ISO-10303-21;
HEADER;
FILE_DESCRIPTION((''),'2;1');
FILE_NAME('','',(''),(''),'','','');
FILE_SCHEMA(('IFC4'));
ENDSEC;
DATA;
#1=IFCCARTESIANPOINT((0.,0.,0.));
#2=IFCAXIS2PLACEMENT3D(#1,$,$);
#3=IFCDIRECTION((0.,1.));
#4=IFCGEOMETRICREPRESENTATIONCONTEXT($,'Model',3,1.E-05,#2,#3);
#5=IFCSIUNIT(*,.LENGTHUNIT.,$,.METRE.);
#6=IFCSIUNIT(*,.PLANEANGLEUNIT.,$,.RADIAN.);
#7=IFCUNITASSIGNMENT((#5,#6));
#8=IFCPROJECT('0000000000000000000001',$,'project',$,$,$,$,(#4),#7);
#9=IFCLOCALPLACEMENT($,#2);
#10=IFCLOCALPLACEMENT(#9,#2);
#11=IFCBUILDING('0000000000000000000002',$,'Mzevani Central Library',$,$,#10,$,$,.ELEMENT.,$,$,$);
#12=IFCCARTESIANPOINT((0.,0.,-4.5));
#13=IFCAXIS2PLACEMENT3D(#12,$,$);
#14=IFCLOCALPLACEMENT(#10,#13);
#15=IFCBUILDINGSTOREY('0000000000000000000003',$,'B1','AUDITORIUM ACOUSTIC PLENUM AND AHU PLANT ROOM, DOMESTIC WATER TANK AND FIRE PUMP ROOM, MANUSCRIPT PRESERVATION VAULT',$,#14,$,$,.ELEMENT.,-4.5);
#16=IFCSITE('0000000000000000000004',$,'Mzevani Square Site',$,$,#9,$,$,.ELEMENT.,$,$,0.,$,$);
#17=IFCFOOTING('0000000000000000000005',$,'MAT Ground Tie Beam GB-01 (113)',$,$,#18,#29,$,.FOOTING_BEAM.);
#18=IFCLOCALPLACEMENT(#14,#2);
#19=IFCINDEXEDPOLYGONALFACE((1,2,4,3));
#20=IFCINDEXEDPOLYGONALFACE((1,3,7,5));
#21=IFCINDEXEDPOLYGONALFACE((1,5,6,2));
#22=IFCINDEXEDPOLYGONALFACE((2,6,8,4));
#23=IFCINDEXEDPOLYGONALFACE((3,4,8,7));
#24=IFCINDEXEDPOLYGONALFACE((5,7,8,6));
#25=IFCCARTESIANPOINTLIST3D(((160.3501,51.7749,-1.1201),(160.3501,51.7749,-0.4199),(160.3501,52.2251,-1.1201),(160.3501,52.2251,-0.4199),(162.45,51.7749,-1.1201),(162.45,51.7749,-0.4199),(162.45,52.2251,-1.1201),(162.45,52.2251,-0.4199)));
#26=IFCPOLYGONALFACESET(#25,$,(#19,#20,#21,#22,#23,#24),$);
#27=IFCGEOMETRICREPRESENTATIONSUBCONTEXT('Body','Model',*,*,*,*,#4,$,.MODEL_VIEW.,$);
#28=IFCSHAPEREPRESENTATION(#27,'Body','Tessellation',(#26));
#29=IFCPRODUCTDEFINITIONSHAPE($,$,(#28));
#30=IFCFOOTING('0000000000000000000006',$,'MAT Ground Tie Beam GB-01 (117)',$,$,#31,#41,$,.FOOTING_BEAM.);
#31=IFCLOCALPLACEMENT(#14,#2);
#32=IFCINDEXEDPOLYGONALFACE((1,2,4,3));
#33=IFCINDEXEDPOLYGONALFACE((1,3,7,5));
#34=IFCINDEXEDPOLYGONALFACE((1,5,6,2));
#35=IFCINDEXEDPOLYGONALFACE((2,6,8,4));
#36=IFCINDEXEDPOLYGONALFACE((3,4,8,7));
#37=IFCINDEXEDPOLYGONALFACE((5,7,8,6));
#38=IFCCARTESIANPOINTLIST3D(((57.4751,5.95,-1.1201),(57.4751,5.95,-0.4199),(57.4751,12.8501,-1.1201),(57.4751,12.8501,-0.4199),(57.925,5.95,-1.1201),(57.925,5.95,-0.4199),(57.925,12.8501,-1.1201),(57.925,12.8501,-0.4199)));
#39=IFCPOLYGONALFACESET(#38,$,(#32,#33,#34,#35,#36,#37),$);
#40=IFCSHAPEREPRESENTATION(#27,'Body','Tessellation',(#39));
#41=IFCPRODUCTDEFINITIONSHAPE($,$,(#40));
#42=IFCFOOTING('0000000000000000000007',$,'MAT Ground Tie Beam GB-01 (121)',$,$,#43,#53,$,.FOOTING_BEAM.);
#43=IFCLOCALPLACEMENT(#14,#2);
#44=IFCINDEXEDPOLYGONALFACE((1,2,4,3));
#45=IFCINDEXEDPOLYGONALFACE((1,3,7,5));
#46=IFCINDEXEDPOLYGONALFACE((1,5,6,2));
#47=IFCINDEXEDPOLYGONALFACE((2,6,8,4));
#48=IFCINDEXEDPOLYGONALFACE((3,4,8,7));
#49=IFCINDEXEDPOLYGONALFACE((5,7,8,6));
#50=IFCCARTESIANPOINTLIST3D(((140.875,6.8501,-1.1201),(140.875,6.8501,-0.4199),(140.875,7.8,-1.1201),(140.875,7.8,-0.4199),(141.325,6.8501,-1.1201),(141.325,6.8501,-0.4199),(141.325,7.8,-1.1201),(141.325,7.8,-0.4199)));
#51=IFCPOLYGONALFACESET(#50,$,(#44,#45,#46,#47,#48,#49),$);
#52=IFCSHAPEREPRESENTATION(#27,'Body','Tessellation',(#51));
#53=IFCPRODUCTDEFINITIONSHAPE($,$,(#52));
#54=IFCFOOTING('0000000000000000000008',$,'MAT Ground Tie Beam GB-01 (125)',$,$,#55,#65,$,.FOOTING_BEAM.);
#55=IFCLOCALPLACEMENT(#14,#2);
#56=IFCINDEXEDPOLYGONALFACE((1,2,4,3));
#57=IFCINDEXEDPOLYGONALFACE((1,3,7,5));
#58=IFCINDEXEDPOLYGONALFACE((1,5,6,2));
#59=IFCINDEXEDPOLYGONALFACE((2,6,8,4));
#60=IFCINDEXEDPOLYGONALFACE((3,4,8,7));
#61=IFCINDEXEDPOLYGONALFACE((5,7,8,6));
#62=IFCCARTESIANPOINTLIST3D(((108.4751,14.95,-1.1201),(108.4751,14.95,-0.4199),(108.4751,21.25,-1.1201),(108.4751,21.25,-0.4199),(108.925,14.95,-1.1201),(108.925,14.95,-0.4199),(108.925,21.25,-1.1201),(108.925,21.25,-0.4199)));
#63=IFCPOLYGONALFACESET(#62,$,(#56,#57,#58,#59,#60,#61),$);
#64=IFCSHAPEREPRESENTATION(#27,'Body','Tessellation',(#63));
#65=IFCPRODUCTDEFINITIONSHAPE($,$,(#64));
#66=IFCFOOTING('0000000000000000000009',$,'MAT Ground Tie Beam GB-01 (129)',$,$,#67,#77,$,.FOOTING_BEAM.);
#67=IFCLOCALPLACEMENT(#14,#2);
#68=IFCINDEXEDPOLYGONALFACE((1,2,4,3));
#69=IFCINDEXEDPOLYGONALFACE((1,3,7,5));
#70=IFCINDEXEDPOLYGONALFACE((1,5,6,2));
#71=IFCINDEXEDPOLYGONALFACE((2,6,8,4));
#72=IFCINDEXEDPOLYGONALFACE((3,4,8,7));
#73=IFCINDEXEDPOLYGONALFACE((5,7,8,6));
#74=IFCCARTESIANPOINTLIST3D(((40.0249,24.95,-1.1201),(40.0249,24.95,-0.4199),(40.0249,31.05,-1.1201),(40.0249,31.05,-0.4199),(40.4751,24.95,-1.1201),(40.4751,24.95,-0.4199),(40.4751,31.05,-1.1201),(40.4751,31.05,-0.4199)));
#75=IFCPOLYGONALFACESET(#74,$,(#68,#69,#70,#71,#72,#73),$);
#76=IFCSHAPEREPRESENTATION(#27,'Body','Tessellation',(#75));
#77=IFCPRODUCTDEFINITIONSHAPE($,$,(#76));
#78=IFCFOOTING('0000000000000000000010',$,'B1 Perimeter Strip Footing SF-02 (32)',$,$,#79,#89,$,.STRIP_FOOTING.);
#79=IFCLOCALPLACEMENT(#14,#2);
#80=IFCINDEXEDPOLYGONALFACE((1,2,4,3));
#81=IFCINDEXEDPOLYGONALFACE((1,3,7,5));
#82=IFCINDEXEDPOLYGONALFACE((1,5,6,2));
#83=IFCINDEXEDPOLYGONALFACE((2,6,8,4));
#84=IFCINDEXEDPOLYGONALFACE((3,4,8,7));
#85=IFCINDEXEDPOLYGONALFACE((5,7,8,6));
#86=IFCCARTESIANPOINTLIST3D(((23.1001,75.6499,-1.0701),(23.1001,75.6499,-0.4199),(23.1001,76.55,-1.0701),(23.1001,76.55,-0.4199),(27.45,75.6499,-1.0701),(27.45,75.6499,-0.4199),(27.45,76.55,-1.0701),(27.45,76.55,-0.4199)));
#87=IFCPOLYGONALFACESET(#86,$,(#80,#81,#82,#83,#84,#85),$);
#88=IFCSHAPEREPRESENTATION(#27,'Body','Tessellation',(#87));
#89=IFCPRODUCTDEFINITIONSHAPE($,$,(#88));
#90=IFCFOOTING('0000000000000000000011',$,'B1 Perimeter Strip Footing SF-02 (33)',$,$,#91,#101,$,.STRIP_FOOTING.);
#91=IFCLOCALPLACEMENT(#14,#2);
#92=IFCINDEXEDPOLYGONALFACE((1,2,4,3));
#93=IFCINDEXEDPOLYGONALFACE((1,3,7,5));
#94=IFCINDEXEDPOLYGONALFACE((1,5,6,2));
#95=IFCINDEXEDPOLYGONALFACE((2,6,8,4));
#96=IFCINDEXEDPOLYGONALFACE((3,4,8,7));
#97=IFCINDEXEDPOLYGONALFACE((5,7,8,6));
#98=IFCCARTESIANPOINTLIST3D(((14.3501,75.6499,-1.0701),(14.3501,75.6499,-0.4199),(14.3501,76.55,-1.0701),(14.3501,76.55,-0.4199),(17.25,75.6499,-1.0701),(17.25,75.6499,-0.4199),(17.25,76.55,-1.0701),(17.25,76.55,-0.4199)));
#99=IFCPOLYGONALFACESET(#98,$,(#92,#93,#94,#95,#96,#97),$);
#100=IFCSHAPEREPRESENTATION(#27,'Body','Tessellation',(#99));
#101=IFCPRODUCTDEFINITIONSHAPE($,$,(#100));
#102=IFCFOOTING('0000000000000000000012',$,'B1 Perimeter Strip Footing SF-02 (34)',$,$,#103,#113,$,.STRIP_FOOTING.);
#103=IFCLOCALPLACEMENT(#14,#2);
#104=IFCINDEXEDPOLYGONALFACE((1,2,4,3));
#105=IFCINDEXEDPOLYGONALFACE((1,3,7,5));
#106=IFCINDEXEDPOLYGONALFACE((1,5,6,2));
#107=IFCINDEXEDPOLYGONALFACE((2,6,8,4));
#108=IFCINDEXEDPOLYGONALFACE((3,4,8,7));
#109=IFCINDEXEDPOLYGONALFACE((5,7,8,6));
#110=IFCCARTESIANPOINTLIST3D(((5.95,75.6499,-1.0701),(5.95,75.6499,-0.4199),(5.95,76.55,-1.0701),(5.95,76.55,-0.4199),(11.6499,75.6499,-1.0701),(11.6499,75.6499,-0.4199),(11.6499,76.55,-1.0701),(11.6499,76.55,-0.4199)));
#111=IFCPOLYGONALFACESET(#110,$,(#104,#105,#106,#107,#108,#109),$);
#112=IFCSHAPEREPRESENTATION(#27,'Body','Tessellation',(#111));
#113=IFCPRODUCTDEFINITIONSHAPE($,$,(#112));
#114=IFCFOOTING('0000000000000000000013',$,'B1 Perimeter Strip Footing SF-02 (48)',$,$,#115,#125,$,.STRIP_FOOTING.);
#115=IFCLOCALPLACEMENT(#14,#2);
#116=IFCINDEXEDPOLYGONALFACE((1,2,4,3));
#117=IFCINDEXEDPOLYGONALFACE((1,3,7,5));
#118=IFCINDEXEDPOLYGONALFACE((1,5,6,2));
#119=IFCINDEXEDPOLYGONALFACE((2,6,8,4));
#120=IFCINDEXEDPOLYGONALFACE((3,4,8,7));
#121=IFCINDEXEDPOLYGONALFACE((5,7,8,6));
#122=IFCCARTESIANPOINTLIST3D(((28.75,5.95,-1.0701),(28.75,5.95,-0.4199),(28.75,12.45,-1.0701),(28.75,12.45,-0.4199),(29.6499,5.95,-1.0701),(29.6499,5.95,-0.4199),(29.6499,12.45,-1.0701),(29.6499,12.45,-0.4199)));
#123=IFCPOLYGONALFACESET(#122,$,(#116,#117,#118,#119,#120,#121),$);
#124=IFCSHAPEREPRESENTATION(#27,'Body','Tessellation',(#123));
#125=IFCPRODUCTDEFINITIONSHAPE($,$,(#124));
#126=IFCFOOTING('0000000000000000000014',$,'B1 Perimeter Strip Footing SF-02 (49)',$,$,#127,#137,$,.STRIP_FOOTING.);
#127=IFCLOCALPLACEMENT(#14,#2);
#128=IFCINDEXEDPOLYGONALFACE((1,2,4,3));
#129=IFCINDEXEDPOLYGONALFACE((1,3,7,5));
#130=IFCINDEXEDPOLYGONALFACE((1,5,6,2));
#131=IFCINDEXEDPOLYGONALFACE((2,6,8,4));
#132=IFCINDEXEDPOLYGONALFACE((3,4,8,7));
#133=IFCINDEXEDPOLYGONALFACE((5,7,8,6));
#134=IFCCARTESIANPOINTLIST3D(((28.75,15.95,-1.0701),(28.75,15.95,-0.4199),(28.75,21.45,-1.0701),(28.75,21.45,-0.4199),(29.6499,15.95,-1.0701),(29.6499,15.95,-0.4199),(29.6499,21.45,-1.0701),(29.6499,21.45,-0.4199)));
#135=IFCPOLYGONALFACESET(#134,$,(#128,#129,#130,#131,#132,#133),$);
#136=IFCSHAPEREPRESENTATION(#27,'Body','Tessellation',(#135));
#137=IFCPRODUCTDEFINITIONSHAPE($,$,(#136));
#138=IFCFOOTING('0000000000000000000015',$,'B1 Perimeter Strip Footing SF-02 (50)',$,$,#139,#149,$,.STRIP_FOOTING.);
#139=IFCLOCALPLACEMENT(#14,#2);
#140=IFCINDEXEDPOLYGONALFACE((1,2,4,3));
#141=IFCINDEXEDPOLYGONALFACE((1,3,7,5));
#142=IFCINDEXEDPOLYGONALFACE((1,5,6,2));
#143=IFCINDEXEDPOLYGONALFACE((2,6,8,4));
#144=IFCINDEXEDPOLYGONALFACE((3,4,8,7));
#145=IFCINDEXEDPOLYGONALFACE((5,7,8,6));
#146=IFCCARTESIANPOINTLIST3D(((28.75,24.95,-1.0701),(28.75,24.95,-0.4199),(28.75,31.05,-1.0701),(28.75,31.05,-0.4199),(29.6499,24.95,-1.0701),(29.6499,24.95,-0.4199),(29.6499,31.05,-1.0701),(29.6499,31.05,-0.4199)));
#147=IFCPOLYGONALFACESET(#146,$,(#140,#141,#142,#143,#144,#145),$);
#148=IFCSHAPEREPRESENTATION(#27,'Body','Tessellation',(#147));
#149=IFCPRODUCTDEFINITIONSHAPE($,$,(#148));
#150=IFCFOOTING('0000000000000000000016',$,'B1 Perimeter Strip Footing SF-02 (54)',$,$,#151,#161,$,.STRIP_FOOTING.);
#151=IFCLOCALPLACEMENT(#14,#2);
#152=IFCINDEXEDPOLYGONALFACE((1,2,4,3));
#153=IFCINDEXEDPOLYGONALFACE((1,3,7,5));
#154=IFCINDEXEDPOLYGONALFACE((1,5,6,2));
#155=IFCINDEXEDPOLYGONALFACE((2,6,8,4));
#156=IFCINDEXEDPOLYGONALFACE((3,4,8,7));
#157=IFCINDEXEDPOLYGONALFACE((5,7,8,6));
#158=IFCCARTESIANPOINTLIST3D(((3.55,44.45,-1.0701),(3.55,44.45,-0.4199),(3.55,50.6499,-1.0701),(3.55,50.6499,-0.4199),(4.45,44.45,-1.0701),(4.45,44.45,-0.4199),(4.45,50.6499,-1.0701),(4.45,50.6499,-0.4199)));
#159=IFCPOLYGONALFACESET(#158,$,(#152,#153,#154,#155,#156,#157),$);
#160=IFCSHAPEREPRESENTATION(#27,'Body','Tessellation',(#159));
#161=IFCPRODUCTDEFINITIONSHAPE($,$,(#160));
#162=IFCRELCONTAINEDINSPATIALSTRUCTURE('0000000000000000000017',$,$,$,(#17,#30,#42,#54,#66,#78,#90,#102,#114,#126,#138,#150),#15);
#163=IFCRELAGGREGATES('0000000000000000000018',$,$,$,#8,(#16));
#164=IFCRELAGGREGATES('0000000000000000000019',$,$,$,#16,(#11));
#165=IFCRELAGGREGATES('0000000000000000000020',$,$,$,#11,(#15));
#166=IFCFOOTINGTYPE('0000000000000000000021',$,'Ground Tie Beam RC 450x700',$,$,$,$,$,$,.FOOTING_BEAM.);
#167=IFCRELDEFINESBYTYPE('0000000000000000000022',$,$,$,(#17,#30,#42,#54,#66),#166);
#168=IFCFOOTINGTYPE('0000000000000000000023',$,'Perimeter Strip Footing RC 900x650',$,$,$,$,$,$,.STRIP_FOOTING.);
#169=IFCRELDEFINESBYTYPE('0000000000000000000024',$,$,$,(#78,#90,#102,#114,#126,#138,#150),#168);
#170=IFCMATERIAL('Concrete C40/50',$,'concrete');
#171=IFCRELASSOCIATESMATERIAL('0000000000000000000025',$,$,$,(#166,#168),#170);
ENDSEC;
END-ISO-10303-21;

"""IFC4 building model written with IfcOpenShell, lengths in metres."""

from ifc_helpers import new_model, si_unit, direction, frame, origin, place, context, subcontext, project, spatial, polyline, outline, extrude, material, type_object, element, save


model = new_model("IFC4")

# Units and contexts
model_context = context("Model", 3, precision=1e-05, world=origin(), true_north=direction((0.0, 1.0)))
body_context = subcontext(model_context, "Body", "Model", "MODEL_VIEW")
ifc_project = project(units=[si_unit("LENGTHUNIT", "METRE"), si_unit("PLANEANGLEUNIT", "RADIAN")], contexts=[model_context])

# Site, building, storey
site_placement = place(None, origin())
site = spatial("IfcSite", under=ifc_project, at=site_placement, Name="Mzevani Square Site", CompositionType="ELEMENT", RefElevation=0.0)
building_placement = place(site_placement, origin())
building = spatial("IfcBuilding", under=site, at=building_placement, Name="Mzevani Central Library", CompositionType="ELEMENT")
storey_placement = place(building_placement, frame((0.0, 0.0, -4.5)))
storey = spatial("IfcBuildingStorey", under=building, at=storey_placement, Name="B1", Description="AUDITORIUM ACOUSTIC PLENUM AND AHU PLANT ROOM, DOMESTIC WATER TANK AND FIRE PUMP ROOM, MANUSCRIPT PRESERVATION VAULT", CompositionType="ELEMENT", Elevation=-4.5)

# Footings
ifc_material = material(Name="Concrete C40/50", Category="concrete")
footing_type_1 = type_object("IfcFootingType", Name="Ground Tie Beam RC 450x700", PredefinedType="FOOTING_BEAM", material=ifc_material)
footing_1_placement = place(storey_placement, frame((0.0, 0.0, -1.1201)))
element("IfcFooting", 1, at=footing_1_placement, inside=storey, type_object=footing_type_1, Name="MAT Ground Tie Beam GB-01 (113)", PredefinedType="FOOTING_BEAM", context=body_context, shape_type="SweptSolid", body=[
    extrude(outline(polyline([(160.3501, 51.7749), (162.45, 51.7749), (162.45, 52.2251), (160.3501, 52.2251), (160.3501, 51.7749)])), origin(), (0.0, 0.0, 1.0), 0.7002),
])
footing_2_placement = place(storey_placement, frame((0.0, 0.0, -1.1201)))
element("IfcFooting", 2, at=footing_2_placement, inside=storey, type_object=footing_type_1, Name="MAT Ground Tie Beam GB-01 (117)", PredefinedType="FOOTING_BEAM", context=body_context, shape_type="SweptSolid", body=[
    extrude(outline(polyline([(57.4751, 5.95), (57.925, 5.95), (57.925, 12.8501), (57.4751, 12.8501), (57.4751, 5.95)])), origin(), (0.0, 0.0, 1.0), 0.7002),
])
footing_3_placement = place(storey_placement, frame((0.0, 0.0, -1.1201)))
element("IfcFooting", 3, at=footing_3_placement, inside=storey, type_object=footing_type_1, Name="MAT Ground Tie Beam GB-01 (121)", PredefinedType="FOOTING_BEAM", context=body_context, shape_type="SweptSolid", body=[
    extrude(outline(polyline([(140.875, 6.8501), (141.325, 6.8501), (141.325, 7.8), (140.875, 7.8), (140.875, 6.8501)])), origin(), (0.0, 0.0, 1.0), 0.7002),
])
footing_4_placement = place(storey_placement, frame((0.0, 0.0, -1.1201)))
element("IfcFooting", 4, at=footing_4_placement, inside=storey, type_object=footing_type_1, Name="MAT Ground Tie Beam GB-01 (125)", PredefinedType="FOOTING_BEAM", context=body_context, shape_type="SweptSolid", body=[
    extrude(outline(polyline([(108.4751, 14.95), (108.925, 14.95), (108.925, 21.25), (108.4751, 21.25), (108.4751, 14.95)])), origin(), (0.0, 0.0, 1.0), 0.7002),
])
footing_5_placement = place(storey_placement, frame((0.0, 0.0, -1.1201)))
element("IfcFooting", 5, at=footing_5_placement, inside=storey, type_object=footing_type_1, Name="MAT Ground Tie Beam GB-01 (129)", PredefinedType="FOOTING_BEAM", context=body_context, shape_type="SweptSolid", body=[
    extrude(outline(polyline([(40.0249, 24.95), (40.4751, 24.95), (40.4751, 31.05), (40.0249, 31.05), (40.0249, 24.95)])), origin(), (0.0, 0.0, 1.0), 0.7002),
])
footing_type_2 = type_object("IfcFootingType", Name="Perimeter Strip Footing RC 900x650", PredefinedType="STRIP_FOOTING", material=ifc_material)
footing_6_placement = place(storey_placement, frame((0.0, 0.0, -1.0701)))
element("IfcFooting", 6, at=footing_6_placement, inside=storey, type_object=footing_type_2, Name="B1 Perimeter Strip Footing SF-02 (32)", PredefinedType="STRIP_FOOTING", context=body_context, shape_type="SweptSolid", body=[
    extrude(outline(polyline([(23.1001, 76.55), (27.45, 76.55), (27.45, 75.6499), (23.1001, 75.6499), (23.1001, 76.55)])), origin(), (0.0, 0.0, 1.0), 0.6501),
])
footing_7_placement = place(storey_placement, frame((0.0, 0.0, -1.0701)))
element("IfcFooting", 7, at=footing_7_placement, inside=storey, type_object=footing_type_2, Name="B1 Perimeter Strip Footing SF-02 (33)", PredefinedType="STRIP_FOOTING", context=body_context, shape_type="SweptSolid", body=[
    extrude(outline(polyline([(14.3501, 76.55), (17.25, 76.55), (17.25, 75.6499), (14.3501, 75.6499), (14.3501, 76.55)])), origin(), (0.0, 0.0, 1.0), 0.6501),
])
footing_8_placement = place(storey_placement, frame((0.0, 0.0, -1.0701)))
element("IfcFooting", 8, at=footing_8_placement, inside=storey, type_object=footing_type_2, Name="B1 Perimeter Strip Footing SF-02 (34)", PredefinedType="STRIP_FOOTING", context=body_context, shape_type="SweptSolid", body=[
    extrude(outline(polyline([(5.95, 76.55), (11.6499, 76.55), (11.6499, 75.6499), (5.95, 75.6499), (5.95, 76.55)])), origin(), (0.0, 0.0, 1.0), 0.6501),
])
footing_9_placement = place(storey_placement, frame((0.0, 0.0, -1.0701)))
element("IfcFooting", 9, at=footing_9_placement, inside=storey, type_object=footing_type_2, Name="B1 Perimeter Strip Footing SF-02 (48)", PredefinedType="STRIP_FOOTING", context=body_context, shape_type="SweptSolid", body=[
    extrude(outline(polyline([(29.6499, 12.45), (29.6499, 5.95), (28.75, 5.95), (28.75, 12.45), (29.6499, 12.45)])), origin(), (0.0, 0.0, 1.0), 0.6501),
])
footing_10_placement = place(storey_placement, frame((0.0, 0.0, -1.0701)))
element("IfcFooting", 10, at=footing_10_placement, inside=storey, type_object=footing_type_2, Name="B1 Perimeter Strip Footing SF-02 (49)", PredefinedType="STRIP_FOOTING", context=body_context, shape_type="SweptSolid", body=[
    extrude(outline(polyline([(29.6499, 21.45), (29.6499, 15.95), (28.75, 15.95), (28.75, 21.45), (29.6499, 21.45)])), origin(), (0.0, 0.0, 1.0), 0.6501),
])
footing_11_placement = place(storey_placement, frame((0.0, 0.0, -1.0701)))
element("IfcFooting", 11, at=footing_11_placement, inside=storey, type_object=footing_type_2, Name="B1 Perimeter Strip Footing SF-02 (50)", PredefinedType="STRIP_FOOTING", context=body_context, shape_type="SweptSolid", body=[
    extrude(outline(polyline([(29.6499, 31.05), (29.6499, 24.95), (28.75, 24.95), (28.75, 31.05), (29.6499, 31.05)])), origin(), (0.0, 0.0, 1.0), 0.6501),
])
footing_12_placement = place(storey_placement, frame((0.0, 0.0, -1.0701)))
element("IfcFooting", 12, at=footing_12_placement, inside=storey, type_object=footing_type_2, Name="B1 Perimeter Strip Footing SF-02 (54)", PredefinedType="STRIP_FOOTING", context=body_context, shape_type="SweptSolid", body=[
    extrude(outline(polyline([(4.45, 50.6499), (4.45, 44.45), (3.55, 44.45), (3.55, 50.6499), (4.45, 50.6499)])), origin(), (0.0, 0.0, 1.0), 0.6501),
])

save(model, "model.ifc")
